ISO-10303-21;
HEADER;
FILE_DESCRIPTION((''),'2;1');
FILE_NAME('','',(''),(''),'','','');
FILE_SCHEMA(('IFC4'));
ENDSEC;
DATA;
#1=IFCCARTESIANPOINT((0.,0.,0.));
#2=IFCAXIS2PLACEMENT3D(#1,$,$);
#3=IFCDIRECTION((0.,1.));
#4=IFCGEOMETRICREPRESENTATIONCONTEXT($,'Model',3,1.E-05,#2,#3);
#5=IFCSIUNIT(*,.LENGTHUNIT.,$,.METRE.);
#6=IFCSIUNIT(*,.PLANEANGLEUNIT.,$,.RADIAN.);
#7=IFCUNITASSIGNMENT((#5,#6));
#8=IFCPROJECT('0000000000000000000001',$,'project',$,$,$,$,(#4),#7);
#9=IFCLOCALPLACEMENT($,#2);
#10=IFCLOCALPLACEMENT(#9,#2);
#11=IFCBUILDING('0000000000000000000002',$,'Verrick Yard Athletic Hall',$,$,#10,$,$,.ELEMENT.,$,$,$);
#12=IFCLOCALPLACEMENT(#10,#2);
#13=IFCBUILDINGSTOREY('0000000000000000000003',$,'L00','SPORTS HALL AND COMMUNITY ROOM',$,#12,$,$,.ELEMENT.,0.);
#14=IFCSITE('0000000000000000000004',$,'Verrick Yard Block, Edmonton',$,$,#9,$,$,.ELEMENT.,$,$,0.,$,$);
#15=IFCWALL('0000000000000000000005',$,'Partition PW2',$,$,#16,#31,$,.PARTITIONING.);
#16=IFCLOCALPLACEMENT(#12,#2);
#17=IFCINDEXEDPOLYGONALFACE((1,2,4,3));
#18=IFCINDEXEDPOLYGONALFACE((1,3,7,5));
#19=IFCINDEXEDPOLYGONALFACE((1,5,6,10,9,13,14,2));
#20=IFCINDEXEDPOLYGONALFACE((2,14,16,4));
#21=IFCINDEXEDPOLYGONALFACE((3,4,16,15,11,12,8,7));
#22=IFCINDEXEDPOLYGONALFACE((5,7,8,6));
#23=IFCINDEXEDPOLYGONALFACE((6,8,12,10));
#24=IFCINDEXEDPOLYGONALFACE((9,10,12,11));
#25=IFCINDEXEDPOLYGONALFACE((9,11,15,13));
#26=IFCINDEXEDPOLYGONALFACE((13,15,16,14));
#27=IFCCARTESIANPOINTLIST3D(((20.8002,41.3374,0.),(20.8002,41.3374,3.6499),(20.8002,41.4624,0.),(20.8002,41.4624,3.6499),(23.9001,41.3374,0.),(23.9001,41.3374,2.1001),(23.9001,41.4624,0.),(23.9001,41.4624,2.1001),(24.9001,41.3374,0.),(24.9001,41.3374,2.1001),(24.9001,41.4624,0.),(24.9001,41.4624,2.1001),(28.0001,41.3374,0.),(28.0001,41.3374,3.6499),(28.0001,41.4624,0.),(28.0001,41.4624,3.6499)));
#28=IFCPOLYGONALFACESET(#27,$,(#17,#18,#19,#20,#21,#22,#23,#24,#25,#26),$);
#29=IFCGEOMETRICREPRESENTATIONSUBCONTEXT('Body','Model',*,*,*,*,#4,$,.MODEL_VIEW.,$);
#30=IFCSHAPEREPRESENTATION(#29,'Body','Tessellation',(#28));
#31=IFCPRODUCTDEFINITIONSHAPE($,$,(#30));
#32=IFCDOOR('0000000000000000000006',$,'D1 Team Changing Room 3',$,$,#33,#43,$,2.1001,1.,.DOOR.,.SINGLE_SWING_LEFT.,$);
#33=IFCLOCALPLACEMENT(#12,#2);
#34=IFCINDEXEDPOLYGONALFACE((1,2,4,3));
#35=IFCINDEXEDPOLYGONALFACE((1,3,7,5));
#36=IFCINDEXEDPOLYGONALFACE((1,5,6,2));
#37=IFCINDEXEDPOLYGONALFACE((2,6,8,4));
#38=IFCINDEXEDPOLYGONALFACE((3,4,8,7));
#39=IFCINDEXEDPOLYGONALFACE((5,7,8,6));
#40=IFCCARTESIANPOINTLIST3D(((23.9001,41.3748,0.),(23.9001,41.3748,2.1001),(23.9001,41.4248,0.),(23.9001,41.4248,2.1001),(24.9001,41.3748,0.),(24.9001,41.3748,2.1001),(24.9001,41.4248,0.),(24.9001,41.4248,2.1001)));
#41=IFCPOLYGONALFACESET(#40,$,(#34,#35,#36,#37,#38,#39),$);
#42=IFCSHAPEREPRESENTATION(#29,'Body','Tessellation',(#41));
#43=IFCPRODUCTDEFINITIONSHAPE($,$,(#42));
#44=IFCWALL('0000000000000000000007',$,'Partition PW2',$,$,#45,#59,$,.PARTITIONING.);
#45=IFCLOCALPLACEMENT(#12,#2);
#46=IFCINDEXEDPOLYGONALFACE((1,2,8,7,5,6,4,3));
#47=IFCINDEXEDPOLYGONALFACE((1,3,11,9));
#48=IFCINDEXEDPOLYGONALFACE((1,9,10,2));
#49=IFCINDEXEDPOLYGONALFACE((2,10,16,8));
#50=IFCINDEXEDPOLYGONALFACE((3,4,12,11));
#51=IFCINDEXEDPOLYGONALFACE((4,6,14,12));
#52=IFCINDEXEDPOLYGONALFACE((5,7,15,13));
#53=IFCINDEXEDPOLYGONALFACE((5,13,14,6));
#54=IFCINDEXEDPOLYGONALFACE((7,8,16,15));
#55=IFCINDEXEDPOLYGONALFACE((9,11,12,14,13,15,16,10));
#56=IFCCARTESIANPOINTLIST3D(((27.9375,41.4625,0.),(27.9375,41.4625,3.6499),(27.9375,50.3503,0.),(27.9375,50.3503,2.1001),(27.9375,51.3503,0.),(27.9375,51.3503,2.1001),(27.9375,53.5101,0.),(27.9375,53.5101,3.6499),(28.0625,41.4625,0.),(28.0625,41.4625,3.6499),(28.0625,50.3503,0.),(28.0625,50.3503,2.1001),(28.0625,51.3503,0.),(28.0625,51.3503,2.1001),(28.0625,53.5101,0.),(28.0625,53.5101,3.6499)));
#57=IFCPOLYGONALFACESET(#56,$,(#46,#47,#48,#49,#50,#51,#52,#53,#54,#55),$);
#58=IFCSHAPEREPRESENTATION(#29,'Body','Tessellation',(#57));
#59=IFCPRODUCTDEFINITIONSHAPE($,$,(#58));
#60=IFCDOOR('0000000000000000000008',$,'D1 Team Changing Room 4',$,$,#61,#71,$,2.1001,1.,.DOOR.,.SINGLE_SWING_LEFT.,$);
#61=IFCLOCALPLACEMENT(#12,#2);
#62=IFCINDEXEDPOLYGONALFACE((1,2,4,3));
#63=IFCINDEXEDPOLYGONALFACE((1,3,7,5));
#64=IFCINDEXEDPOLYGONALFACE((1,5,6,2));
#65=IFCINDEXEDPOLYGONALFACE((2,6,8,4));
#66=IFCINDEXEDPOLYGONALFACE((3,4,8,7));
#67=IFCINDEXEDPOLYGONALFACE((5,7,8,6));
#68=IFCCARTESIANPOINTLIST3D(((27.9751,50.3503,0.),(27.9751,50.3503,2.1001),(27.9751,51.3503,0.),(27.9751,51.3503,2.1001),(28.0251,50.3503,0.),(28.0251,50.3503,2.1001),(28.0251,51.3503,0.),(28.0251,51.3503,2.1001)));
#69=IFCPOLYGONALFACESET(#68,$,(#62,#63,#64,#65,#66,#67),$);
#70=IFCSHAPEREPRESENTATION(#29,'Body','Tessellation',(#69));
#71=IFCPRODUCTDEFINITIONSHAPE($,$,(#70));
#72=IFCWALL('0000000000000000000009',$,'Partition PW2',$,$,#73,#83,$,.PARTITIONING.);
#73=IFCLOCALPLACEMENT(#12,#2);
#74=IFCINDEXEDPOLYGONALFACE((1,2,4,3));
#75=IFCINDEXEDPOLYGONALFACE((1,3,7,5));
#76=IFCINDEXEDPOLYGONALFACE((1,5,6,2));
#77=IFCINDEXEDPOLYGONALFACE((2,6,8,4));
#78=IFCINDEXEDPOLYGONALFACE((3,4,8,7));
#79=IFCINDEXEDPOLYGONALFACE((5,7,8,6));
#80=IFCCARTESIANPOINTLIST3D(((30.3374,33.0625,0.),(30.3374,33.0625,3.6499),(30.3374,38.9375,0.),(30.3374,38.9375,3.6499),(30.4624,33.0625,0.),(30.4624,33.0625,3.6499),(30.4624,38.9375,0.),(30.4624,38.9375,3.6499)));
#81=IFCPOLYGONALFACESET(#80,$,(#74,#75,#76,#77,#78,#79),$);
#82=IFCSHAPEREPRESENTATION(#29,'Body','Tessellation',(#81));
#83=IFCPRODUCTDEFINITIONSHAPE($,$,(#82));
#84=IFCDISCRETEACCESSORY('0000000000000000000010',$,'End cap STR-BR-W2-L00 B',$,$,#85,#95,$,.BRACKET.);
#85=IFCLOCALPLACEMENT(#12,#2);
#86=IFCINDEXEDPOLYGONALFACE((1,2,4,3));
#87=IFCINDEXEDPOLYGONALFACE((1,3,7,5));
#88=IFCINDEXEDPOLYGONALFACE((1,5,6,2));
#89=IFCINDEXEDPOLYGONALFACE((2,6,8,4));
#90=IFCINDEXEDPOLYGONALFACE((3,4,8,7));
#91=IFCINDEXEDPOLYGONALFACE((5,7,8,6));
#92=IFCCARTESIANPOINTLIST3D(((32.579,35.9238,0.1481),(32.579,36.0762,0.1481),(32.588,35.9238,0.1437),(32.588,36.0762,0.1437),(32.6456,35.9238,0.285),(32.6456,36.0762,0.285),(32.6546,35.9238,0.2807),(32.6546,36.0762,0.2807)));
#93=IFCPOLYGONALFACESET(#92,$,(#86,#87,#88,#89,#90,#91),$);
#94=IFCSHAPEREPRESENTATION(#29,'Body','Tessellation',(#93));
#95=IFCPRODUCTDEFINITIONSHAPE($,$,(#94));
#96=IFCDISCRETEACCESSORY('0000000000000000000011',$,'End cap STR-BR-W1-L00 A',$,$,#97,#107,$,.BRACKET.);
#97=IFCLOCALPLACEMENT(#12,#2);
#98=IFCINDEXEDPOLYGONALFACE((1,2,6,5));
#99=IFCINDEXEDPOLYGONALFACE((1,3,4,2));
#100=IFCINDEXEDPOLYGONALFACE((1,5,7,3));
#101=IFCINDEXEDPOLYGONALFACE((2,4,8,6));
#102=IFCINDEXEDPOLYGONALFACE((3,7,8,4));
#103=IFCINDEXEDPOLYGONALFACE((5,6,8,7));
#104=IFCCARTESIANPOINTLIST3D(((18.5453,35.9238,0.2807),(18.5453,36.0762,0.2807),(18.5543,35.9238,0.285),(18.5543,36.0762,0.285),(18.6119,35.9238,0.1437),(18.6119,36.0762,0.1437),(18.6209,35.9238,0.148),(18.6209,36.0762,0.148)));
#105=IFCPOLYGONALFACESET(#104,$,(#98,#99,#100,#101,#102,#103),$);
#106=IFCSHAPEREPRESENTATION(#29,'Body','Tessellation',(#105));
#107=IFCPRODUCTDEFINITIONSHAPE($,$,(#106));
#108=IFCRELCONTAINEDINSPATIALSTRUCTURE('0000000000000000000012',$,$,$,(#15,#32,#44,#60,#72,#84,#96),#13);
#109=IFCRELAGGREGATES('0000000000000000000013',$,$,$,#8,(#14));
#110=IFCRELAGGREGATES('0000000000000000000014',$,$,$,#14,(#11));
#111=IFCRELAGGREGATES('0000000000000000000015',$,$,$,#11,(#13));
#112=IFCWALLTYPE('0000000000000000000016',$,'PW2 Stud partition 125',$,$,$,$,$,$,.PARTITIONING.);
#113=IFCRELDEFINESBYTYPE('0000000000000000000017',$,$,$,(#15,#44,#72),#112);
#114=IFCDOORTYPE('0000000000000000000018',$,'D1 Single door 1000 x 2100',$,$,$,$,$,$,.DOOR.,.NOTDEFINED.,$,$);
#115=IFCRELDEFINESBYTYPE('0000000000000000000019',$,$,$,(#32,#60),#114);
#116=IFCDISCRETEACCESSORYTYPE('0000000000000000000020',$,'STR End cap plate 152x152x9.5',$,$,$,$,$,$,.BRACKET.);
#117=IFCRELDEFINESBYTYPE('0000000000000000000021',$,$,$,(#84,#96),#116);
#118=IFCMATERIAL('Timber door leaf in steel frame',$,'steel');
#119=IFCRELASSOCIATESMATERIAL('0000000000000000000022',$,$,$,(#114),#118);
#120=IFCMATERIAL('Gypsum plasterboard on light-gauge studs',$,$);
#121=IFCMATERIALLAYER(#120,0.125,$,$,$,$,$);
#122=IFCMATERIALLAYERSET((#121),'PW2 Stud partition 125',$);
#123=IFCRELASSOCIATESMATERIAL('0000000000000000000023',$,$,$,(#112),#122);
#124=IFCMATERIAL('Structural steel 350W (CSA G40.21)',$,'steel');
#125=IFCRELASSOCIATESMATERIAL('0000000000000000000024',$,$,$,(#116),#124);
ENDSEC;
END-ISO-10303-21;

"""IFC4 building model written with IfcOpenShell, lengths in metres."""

from ifc_helpers import new_model, si_unit, direction, frame, frame_2d, origin, origin_2d, place, context, subcontext, project, spatial, rectangle, extrude, material, layer, layer_set, material_profile, profile_set, type_object, element, fill, save


model = new_model("IFC4")

# Units and contexts
model_context = context("Model", 3, precision=1e-05, world=origin(), true_north=direction((0.0, 1.0)))
body_context = subcontext(model_context, "Body", "Model", "MODEL_VIEW")
ifc_project = project(units=[si_unit("LENGTHUNIT", "METRE"), si_unit("PLANEANGLEUNIT", "RADIAN")], contexts=[model_context])

# Site, building, storey
site_placement = place(None, origin())
site = spatial("IfcSite", under=ifc_project, at=site_placement, Name="Verrick Yard Block, Edmonton", CompositionType="ELEMENT", RefElevation=0.0)
building_placement = place(site_placement, origin())
building = spatial("IfcBuilding", under=site, at=building_placement, Name="Verrick Yard Athletic Hall", CompositionType="ELEMENT")
storey_placement = place(building_placement, origin())
storey = spatial("IfcBuildingStorey", under=building, at=storey_placement, Name="L00", Description="SPORTS HALL AND COMMUNITY ROOM", CompositionType="ELEMENT", Elevation=0.0)

# Shared definitions
ifc_material_1 = material(Name="Structural steel 350W (CSA G40.21)", Category="steel")

# Shared definitions
ifc_material_2 = material(Name="Timber door leaf in steel frame", Category="steel")
door_type = type_object("IfcDoorType", Name="D1 Single door 1000 x 2100", OperationType="NOTDEFINED", PredefinedType="DOOR", material=ifc_material_2)

# Shared definitions
ifc_material_3 = material(Name="Gypsum plasterboard on light-gauge studs")
ifc_layer_1 = layer(ifc_material_3, 0.125)
ifc_layer_set_1 = layer_set([ifc_layer_1], Name="PW2 Stud partition 125")
wall_type_1 = type_object("IfcWallType", Name="PW2 Stud partition 125", PredefinedType="PARTITIONING", material=ifc_layer_set_1)

# Walls, openings, doors
wall_1_placement = place(storey_placement, frame((20.8, 41.3999, 0.0), z_axis=(0.0, 0.0, 1.0), x_axis=(1.0, 0.0, 0.0)))
wall_1 = element("IfcWall", 1, at=wall_1_placement, inside=storey, type_object=wall_type_1, Name="Partition PW2", PredefinedType="PARTITIONING", context=body_context, shape_type="SweptSolid", body=[
    extrude(rectangle(XDim=7.2, YDim=0.125, at=frame_2d((3.6001, 0.0))), origin(), (0.0, 0.0, 1.0), 3.6499),
])
opening_1_placement = place(wall_1_placement, frame((3.1001, 0.0, 0.0)))
opening_1 = element("IfcOpeningElement", 2, at=opening_1_placement, cuts=wall_1, PredefinedType="OPENING", context=body_context, shape_type="SweptSolid", body=[
    extrude(rectangle(XDim=1.0, YDim=2.1001, at=frame_2d((0.5, 1.05))), frame((0.0, 0.0725, 0.0), z_axis=(0.0, -1.0, 0.0), x_axis=(1.0, 0.0, 0.0)), (0.0, 0.0, 1.0), 0.145),
])
door_1_placement = place(opening_1_placement, origin())
door_1 = element("IfcDoor", 3, at=door_1_placement, inside=storey, type_object=door_type, Name="D1 Team Changing Room 3", OperationType="SINGLE_SWING_LEFT", OverallHeight=2.1001, OverallWidth=1.0, PredefinedType="DOOR", context=body_context, shape_type="SweptSolid", body=[
    extrude(rectangle(XDim=1.0, YDim=2.1001, at=frame_2d((0.5, 1.05))), frame((0.0, 0.0249, 0.0), z_axis=(0.0, -1.0, 0.0), x_axis=(1.0, 0.0, 0.0)), (0.0, 0.0, 1.0), 0.05),
])
fill(opening_1, door_1)
wall_2_placement = place(storey_placement, frame((28.0, 41.4624, 0.0), z_axis=(0.0, 0.0, 1.0), x_axis=(0.0, 1.0, 0.0)))
wall_2 = element("IfcWall", 4, at=wall_2_placement, inside=storey, type_object=wall_type_1, Name="Partition PW2", PredefinedType="PARTITIONING", context=body_context, shape_type="SweptSolid", body=[
    extrude(rectangle(XDim=12.0476, YDim=0.125, at=frame_2d((6.0239, 0.0))), origin(), (0.0, 0.0, 1.0), 3.6499),
])
opening_2_placement = place(wall_2_placement, frame((8.8879, 0.0, 0.0)))
opening_2 = element("IfcOpeningElement", 5, at=opening_2_placement, cuts=wall_2, PredefinedType="OPENING", context=body_context, shape_type="SweptSolid", body=[
    extrude(rectangle(XDim=1.0, YDim=2.1001, at=frame_2d((0.5, 1.05))), frame((0.0, 0.0725, 0.0), z_axis=(0.0, -1.0, 0.0), x_axis=(1.0, 0.0, 0.0)), (0.0, 0.0, 1.0), 0.145),
])
door_2_placement = place(opening_2_placement, origin())
door_2 = element("IfcDoor", 6, at=door_2_placement, inside=storey, type_object=door_type, Name="D1 Team Changing Room 4", OperationType="SINGLE_SWING_LEFT", OverallHeight=2.1001, OverallWidth=1.0, PredefinedType="DOOR", context=body_context, shape_type="SweptSolid", body=[
    extrude(rectangle(XDim=1.0, YDim=2.1001, at=frame_2d((0.5, 1.05))), frame((0.0, 0.0249, 0.0), z_axis=(0.0, -1.0, 0.0), x_axis=(1.0, 0.0, 0.0)), (0.0, 0.0, 1.0), 0.05),
])
fill(opening_2, door_2)

# Wall
wall_3_placement = place(storey_placement, frame((30.3999, 33.0625, 0.0), z_axis=(0.0, 0.0, 1.0), x_axis=(0.0, 1.0, 0.0)))
element("IfcWall", 7, at=wall_3_placement, inside=storey, type_object=wall_type_1, Name="Partition PW2", PredefinedType="PARTITIONING", context=body_context, shape_type="SweptSolid", body=[
    extrude(rectangle(XDim=5.875, YDim=0.125, at=frame_2d((2.9375, 0.0))), origin(), (0.0, 0.0, 1.0), 3.6499),
])

# Discrete accessories
ifc_material_profile_1 = material_profile(ifc_material_1, rectangle(XDim=0.1523, YDim=0.1523, at=origin_2d()), Name="STR End cap plate 152x152x9.5")
ifc_profile_set_1 = profile_set([ifc_material_profile_1], Name="Structural steel 350W (CSA G40.21)")
discrete_accessory_type = type_object("IfcDiscreteAccessoryType", Name="STR End cap plate 152x152x9.5", PredefinedType="BRACKET", material=ifc_profile_set_1)
for number, where, z_axis, x_axis, name in (
    (8, (32.6123, 36.0, 0.2166), (0.899235, 0.0, -0.437466), (0.0, 1.0, 0.0), "End cap STR-BR-W2-L00 B"),
    (9, (18.5786, 36.0, 0.2122), (0.899235, 0.0, 0.437466), (0.0, 1.0, 0.0), "End cap STR-BR-W1-L00 A"),
):
    element("IfcDiscreteAccessory", number, at=place(storey_placement, frame(where, z_axis=z_axis, x_axis=x_axis)), inside=storey, type_object=discrete_accessory_type, Name=name, PredefinedType="BRACKET", context=body_context, shape_type="SweptSolid", body=[
        extrude(rectangle(XDim=0.1523, YDim=0.1523, at=origin_2d()), origin(), (0.0, 0.0, 1.0), 0.01),
    ])

save(model, "model.ifc")
